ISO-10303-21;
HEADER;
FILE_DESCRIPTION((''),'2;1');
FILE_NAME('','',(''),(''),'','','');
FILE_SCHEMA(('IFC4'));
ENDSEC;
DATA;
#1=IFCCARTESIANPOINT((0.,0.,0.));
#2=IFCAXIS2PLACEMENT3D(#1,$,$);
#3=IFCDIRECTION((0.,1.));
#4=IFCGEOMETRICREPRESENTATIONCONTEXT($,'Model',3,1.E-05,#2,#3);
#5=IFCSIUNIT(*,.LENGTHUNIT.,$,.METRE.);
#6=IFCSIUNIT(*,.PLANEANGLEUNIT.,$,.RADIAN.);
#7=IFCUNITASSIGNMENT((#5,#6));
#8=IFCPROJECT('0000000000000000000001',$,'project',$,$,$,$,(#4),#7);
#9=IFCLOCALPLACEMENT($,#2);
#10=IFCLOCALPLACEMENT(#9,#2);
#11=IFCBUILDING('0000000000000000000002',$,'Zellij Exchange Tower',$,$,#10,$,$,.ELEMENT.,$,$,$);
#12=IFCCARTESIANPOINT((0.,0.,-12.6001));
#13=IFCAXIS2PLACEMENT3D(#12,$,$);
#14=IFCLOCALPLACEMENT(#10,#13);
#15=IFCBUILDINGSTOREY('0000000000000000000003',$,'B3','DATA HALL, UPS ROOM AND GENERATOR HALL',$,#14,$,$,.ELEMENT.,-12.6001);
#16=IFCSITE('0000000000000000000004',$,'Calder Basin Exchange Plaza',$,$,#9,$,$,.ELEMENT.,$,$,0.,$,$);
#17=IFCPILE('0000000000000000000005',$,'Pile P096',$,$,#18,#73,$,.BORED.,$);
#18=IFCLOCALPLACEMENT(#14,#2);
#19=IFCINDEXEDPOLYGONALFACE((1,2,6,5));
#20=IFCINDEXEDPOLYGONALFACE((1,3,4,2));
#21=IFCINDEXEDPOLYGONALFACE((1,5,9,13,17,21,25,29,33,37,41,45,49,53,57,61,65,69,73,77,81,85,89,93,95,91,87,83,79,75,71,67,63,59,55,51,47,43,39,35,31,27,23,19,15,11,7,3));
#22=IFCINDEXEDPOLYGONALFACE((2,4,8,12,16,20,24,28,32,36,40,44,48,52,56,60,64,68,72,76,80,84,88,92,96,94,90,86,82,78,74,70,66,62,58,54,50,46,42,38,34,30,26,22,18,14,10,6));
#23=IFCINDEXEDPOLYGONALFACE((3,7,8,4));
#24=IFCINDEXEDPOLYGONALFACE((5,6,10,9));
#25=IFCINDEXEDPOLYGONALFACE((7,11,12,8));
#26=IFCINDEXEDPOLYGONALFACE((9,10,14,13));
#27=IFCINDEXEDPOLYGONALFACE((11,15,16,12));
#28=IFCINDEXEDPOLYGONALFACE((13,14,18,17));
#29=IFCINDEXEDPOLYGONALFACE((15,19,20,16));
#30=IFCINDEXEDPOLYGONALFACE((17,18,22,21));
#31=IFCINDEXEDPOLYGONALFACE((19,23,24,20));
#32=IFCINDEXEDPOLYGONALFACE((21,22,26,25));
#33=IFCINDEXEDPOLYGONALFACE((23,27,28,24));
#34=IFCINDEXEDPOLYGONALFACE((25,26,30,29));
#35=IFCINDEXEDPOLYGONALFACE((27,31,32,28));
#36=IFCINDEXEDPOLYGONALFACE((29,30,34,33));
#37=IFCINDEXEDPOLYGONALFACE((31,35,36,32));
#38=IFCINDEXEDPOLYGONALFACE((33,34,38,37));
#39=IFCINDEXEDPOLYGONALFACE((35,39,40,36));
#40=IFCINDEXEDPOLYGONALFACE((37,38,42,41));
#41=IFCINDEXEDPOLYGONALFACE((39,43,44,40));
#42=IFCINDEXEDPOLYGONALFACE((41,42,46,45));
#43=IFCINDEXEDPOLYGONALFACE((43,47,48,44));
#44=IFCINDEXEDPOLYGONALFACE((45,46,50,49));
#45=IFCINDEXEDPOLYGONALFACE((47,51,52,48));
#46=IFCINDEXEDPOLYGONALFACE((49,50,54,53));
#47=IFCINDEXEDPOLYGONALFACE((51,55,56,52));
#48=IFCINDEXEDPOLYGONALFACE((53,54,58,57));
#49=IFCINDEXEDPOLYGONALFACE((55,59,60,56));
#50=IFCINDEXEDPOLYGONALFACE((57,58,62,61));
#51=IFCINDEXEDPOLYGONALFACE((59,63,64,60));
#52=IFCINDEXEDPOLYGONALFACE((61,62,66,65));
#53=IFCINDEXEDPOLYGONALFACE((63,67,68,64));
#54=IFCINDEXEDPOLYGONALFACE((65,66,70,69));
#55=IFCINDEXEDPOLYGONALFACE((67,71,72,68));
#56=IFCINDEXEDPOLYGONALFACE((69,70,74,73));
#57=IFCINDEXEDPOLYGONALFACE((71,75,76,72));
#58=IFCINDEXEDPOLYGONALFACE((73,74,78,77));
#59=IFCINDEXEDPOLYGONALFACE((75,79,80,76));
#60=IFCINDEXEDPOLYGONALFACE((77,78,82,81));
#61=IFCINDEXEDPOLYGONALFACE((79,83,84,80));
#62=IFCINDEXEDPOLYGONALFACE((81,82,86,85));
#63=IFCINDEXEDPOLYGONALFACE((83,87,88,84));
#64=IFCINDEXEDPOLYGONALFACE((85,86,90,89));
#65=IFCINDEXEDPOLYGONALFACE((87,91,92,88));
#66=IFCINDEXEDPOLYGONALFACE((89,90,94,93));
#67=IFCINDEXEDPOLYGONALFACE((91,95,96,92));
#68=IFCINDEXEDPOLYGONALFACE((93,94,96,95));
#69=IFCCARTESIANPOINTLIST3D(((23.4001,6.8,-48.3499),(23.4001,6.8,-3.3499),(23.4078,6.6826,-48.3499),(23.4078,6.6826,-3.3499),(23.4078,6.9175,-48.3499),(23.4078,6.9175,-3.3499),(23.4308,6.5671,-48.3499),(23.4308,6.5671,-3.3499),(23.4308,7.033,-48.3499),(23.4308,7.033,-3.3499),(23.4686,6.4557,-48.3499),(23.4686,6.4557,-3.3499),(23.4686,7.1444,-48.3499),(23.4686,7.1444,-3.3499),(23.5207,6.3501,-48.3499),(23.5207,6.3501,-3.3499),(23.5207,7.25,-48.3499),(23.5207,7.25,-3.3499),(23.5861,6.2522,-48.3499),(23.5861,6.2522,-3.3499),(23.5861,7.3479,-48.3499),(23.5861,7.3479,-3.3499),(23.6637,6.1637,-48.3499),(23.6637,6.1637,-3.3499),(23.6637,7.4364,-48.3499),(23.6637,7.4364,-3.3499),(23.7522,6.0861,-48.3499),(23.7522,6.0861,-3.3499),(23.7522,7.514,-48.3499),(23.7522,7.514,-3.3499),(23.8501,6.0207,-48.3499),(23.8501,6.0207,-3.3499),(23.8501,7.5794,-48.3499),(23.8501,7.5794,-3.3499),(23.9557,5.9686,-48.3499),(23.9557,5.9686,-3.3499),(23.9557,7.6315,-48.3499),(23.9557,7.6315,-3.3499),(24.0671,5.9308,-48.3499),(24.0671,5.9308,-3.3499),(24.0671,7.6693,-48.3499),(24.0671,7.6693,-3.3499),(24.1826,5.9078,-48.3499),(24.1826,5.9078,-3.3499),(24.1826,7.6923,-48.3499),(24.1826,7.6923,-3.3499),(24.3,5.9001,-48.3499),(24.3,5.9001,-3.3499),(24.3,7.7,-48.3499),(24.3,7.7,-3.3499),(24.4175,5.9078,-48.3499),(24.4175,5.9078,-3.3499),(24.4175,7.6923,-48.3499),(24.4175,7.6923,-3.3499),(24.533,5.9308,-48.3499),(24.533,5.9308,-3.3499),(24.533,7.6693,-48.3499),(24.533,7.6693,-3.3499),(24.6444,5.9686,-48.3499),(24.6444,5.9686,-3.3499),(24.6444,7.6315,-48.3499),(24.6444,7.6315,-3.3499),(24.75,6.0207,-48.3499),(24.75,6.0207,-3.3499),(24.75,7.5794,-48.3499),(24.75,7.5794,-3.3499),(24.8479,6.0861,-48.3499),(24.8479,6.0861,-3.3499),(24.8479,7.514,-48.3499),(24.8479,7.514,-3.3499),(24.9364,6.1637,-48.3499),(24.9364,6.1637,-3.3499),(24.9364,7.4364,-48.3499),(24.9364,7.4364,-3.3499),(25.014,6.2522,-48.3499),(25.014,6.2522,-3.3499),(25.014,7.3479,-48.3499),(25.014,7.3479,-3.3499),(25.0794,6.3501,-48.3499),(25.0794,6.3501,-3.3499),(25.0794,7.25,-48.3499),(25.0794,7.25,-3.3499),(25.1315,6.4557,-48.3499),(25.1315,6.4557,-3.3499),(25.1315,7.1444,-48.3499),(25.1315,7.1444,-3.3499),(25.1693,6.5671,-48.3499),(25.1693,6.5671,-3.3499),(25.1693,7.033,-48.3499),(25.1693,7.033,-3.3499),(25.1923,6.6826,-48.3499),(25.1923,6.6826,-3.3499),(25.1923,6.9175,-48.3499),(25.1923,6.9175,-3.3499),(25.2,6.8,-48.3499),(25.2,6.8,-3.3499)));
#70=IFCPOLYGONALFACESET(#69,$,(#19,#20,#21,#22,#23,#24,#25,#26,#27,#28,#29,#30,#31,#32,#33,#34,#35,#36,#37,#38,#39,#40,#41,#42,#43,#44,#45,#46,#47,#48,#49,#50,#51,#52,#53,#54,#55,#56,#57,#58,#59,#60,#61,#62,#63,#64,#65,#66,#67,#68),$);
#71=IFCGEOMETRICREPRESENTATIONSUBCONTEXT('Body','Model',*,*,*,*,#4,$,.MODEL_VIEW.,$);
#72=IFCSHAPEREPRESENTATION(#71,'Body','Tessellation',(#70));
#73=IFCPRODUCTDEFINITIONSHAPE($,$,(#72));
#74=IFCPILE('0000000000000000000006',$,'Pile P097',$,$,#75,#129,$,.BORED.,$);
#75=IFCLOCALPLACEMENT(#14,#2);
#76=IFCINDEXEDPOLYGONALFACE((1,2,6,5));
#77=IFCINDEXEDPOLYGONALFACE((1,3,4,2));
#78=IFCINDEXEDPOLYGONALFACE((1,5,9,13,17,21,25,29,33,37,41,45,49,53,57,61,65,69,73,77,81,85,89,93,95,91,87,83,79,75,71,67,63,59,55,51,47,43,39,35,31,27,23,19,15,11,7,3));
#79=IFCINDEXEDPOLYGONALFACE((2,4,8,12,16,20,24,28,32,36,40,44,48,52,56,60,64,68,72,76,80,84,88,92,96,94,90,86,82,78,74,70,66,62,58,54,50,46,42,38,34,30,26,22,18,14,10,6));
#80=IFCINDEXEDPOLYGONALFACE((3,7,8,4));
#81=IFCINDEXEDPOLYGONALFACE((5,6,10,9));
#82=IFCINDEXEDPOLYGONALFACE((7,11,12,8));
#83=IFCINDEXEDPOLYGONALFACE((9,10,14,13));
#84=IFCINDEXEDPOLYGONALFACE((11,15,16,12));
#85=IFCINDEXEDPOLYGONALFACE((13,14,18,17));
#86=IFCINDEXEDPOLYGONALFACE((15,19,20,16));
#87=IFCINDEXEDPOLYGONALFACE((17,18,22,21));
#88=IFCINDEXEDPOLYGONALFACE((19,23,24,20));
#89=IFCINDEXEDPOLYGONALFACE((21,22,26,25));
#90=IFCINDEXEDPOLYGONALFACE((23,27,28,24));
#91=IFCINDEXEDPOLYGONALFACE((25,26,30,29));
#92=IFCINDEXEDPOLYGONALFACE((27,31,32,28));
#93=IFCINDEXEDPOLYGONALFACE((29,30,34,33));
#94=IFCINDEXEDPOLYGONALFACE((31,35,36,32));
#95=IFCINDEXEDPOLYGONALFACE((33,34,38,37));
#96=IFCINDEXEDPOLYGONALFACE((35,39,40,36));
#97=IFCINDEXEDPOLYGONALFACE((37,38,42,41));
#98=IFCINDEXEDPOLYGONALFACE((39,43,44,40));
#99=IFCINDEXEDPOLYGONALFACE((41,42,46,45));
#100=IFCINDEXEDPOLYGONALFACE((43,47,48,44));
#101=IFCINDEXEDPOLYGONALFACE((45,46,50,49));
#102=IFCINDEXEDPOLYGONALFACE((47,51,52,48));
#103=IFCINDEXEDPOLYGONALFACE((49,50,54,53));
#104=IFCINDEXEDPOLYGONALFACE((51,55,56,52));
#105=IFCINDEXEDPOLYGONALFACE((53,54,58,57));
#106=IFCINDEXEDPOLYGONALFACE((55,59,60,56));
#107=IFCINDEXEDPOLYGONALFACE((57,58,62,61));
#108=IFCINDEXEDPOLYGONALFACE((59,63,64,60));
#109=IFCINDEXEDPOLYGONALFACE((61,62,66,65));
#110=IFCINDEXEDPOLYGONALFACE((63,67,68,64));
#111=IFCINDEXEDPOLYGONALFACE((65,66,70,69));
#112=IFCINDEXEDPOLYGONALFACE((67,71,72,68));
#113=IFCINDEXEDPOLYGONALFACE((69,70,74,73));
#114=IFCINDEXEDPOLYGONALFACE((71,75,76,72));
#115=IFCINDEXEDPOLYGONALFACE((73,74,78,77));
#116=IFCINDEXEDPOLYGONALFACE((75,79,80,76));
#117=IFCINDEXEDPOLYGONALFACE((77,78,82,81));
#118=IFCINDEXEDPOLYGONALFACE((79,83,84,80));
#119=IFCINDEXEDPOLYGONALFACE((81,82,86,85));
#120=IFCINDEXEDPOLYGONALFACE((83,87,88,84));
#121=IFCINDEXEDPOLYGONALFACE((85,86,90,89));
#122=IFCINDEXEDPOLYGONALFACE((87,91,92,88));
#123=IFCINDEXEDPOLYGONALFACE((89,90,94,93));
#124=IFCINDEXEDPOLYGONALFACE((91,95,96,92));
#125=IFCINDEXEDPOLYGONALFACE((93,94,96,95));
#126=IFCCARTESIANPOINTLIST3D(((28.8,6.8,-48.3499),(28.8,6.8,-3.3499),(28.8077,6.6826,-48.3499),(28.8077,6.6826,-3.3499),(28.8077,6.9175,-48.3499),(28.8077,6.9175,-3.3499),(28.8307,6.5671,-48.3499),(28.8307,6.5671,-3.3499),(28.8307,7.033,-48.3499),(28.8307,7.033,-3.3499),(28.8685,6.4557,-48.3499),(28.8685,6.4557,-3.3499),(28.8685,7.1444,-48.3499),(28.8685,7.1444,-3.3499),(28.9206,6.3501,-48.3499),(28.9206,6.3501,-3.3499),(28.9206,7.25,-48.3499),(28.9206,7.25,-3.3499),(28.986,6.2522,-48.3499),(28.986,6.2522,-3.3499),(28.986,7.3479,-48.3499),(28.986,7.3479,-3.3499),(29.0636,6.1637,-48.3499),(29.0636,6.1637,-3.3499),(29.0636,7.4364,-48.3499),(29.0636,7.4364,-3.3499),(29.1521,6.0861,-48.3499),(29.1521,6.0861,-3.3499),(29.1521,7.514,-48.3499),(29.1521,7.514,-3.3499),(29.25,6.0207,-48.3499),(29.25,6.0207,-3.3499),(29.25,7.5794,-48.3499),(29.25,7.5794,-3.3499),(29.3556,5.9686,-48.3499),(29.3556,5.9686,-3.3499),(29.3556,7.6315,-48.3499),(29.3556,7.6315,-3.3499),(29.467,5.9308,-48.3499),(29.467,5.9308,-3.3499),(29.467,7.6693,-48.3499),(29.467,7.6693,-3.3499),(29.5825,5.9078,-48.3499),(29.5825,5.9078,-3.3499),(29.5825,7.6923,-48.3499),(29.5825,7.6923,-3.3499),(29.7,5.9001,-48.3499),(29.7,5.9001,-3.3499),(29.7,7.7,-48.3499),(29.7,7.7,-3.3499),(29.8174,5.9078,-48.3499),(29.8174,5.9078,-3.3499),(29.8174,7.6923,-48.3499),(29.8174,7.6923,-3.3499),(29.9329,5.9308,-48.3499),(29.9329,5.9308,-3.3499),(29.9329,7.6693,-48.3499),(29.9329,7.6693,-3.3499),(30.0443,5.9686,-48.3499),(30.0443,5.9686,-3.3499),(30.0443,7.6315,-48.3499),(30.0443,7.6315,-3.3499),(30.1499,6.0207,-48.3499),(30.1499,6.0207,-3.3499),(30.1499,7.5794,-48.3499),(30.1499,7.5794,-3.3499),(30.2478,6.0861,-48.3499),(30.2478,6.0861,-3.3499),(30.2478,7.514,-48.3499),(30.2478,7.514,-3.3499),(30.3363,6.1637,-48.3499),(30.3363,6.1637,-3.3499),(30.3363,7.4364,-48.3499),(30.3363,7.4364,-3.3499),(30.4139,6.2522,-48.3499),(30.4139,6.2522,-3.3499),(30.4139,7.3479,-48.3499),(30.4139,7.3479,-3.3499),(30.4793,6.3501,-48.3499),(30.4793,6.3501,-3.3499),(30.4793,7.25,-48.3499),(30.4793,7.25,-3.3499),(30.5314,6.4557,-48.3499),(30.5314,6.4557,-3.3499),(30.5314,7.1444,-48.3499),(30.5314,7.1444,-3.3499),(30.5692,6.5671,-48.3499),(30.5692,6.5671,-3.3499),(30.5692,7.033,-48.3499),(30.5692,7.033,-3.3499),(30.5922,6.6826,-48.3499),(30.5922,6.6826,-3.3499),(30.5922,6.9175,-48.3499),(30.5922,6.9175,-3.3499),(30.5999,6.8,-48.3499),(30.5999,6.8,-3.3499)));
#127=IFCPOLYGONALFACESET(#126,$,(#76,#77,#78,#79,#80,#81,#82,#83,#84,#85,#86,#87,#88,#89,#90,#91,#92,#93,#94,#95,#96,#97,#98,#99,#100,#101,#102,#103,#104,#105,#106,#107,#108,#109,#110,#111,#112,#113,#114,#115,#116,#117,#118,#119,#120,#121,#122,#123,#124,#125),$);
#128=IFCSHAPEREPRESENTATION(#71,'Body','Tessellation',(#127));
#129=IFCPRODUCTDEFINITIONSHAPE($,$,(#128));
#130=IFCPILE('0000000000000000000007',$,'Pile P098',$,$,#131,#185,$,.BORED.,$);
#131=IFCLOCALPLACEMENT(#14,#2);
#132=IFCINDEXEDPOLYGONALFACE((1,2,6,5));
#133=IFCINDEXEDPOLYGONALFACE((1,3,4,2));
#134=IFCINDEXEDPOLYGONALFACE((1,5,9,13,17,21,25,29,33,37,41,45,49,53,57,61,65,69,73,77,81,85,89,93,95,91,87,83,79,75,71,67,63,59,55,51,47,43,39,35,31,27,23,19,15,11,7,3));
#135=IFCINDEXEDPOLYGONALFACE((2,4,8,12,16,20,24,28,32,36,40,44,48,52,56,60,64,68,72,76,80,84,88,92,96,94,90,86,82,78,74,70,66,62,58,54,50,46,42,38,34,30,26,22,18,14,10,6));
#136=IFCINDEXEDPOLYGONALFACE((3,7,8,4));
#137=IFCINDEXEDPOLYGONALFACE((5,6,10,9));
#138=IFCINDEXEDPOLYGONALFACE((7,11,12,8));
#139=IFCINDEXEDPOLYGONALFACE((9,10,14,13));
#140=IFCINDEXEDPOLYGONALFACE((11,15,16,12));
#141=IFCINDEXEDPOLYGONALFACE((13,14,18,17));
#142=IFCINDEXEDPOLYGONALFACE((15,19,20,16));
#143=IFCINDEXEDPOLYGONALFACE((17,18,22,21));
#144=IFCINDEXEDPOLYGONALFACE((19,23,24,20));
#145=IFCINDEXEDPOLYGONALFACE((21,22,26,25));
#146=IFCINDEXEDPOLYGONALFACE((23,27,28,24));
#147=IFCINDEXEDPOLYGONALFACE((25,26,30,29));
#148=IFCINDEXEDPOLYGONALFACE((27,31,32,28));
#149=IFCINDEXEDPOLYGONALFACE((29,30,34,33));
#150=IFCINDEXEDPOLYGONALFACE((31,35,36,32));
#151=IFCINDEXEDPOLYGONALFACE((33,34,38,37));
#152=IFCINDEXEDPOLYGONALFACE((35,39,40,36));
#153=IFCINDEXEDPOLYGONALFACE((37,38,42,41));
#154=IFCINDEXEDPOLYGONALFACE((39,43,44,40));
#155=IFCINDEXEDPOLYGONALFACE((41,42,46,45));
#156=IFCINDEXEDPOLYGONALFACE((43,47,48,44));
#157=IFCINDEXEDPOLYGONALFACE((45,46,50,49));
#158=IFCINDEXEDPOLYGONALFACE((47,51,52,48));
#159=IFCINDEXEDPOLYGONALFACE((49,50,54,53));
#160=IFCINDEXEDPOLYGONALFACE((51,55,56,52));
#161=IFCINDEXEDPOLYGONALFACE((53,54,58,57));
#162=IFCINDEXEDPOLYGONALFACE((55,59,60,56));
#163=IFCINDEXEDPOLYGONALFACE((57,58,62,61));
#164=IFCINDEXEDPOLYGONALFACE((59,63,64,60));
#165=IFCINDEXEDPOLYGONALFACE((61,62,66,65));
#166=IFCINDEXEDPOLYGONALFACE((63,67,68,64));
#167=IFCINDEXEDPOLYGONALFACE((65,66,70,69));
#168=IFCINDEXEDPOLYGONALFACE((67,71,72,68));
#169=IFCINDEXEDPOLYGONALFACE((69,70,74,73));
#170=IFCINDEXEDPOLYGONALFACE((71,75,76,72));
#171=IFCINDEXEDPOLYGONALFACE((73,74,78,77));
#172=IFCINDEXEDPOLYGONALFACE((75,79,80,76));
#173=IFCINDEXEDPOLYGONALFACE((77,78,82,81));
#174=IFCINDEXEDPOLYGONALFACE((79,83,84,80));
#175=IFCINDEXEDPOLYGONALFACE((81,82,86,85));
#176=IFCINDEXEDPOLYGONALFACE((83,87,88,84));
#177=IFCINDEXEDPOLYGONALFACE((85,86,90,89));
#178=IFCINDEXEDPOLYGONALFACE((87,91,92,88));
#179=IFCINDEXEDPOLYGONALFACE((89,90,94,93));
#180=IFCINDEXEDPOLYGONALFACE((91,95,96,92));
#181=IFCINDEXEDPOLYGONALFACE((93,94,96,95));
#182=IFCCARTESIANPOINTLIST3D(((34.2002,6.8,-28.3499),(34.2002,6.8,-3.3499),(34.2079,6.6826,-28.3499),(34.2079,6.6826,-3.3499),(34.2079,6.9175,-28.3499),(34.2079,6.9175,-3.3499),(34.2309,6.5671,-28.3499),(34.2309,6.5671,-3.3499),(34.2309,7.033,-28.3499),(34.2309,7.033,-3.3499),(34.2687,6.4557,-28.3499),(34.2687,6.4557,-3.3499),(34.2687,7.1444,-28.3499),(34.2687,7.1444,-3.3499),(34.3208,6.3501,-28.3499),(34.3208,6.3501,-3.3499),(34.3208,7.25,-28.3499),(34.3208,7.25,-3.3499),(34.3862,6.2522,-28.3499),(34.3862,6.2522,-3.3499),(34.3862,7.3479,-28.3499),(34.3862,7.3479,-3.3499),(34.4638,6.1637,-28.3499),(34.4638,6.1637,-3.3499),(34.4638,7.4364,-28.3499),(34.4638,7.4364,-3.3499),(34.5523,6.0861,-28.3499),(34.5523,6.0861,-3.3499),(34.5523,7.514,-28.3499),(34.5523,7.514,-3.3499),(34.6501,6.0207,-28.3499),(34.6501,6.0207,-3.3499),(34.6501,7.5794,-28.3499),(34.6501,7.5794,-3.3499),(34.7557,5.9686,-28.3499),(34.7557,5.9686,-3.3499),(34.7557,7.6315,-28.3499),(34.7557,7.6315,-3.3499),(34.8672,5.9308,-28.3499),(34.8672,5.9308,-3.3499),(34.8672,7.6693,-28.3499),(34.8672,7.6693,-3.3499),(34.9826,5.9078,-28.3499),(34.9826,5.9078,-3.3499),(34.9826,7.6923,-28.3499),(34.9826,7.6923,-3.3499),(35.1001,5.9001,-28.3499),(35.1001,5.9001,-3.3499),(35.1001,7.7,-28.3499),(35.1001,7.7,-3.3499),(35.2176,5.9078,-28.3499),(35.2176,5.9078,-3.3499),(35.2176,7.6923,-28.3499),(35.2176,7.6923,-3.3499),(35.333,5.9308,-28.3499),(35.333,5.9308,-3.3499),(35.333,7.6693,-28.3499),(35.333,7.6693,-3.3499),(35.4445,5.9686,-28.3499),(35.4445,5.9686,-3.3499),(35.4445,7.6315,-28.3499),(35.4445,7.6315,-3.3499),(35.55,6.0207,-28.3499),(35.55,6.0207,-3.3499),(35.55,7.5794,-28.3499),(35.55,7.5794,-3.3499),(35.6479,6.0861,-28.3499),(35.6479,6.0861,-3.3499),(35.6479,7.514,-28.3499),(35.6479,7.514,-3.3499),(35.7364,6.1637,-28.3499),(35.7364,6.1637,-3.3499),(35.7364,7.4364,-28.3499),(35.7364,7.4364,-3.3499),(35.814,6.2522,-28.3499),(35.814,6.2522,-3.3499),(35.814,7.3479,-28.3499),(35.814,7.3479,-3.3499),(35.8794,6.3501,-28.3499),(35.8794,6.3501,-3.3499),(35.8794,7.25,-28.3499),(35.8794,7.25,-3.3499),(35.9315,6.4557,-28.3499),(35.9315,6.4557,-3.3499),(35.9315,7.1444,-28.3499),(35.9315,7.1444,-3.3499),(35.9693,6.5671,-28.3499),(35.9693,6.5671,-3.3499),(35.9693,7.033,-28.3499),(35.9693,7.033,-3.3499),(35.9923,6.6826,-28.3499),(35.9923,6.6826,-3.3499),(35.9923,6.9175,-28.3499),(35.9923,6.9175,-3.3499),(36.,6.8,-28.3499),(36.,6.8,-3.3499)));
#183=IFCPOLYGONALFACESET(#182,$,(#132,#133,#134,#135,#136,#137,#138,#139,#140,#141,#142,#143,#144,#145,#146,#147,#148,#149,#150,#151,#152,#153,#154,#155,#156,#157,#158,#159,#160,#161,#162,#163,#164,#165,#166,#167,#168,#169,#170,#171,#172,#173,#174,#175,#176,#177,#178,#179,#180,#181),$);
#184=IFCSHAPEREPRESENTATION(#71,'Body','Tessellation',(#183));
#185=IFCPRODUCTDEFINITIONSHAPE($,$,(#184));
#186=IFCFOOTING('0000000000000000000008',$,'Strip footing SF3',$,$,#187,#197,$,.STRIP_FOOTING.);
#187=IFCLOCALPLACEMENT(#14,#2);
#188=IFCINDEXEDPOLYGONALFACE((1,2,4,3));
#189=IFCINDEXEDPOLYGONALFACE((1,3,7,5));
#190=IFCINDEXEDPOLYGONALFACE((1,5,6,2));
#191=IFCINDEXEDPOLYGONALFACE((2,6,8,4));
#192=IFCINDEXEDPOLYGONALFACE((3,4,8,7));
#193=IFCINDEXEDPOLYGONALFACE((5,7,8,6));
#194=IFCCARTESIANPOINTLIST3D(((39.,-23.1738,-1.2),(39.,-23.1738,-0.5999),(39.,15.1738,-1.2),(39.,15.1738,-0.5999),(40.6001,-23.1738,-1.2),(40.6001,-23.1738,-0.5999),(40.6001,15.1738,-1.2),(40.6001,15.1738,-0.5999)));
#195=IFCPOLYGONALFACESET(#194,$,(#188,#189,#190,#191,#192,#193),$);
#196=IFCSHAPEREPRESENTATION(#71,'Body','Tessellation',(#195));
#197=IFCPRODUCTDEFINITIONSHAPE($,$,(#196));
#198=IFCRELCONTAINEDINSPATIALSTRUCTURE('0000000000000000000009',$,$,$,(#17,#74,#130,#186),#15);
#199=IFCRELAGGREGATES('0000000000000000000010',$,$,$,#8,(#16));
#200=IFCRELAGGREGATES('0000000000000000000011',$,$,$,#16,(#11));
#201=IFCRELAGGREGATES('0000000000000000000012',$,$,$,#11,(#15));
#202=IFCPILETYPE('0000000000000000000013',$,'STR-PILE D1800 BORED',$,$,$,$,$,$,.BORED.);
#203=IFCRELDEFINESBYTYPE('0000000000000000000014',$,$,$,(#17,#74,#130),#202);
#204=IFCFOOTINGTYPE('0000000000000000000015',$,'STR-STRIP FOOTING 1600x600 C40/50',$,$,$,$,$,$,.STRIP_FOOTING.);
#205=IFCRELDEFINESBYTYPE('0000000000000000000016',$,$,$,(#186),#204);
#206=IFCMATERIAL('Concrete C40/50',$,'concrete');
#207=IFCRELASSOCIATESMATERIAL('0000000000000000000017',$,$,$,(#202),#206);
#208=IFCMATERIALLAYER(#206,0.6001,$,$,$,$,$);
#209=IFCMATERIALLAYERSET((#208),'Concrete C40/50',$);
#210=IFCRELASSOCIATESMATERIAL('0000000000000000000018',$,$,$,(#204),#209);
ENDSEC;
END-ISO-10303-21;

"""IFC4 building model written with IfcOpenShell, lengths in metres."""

from ifc_helpers import new_model, si_unit, direction, frame, origin, origin_2d, place, context, subcontext, project, spatial, rectangle, circle, extrude, material, layer, layer_set, material_profile, profile_set, type_object, element, save


model = new_model("IFC4")

# Units and contexts
model_context = context("Model", 3, precision=1e-05, world=origin(), true_north=direction((0.0, 1.0)))
body_context = subcontext(model_context, "Body", "Model", "MODEL_VIEW")
ifc_project = project(units=[si_unit("LENGTHUNIT", "METRE"), si_unit("PLANEANGLEUNIT", "RADIAN")], contexts=[model_context])

# Site, building, storey
site_placement = place(None, origin())
site = spatial("IfcSite", under=ifc_project, at=site_placement, Name="Calder Basin Exchange Plaza", CompositionType="ELEMENT", RefElevation=0.0)
building_placement = place(site_placement, origin())
building = spatial("IfcBuilding", under=site, at=building_placement, Name="Zellij Exchange Tower", CompositionType="ELEMENT")
storey_placement = place(building_placement, frame((0.0, 0.0, -12.6001)))
storey = spatial("IfcBuildingStorey", under=building, at=storey_placement, Name="B3", Description="DATA HALL, UPS ROOM AND GENERATOR HALL", CompositionType="ELEMENT", Elevation=-12.6001)

# Piles
ifc_material_1 = material(Name="Concrete C40/50", Category="concrete")
ifc_material_profile_1 = material_profile(ifc_material_1, circle(Radius=0.8999, at=origin_2d()), Name="STR-PILE D1800 BORED")
ifc_profile_set_1 = profile_set([ifc_material_profile_1], Name="Concrete C40/50")
pile_type = type_object("IfcPileType", Name="STR-PILE D1800 BORED", PredefinedType="BORED", material=ifc_profile_set_1)
for number, where, z_axis, x_axis, name in (
    (1, (24.3, 6.8, -3.3499), (0.0, 0.0, -1.0), (1.0, 0.0, 0.0), "Pile P096"),
    (2, (29.7, 6.8, -3.3499), (0.0, 0.0, -1.0), (1.0, 0.0, 0.0), "Pile P097"),
):
    element("IfcPile", number, at=place(storey_placement, frame(where, z_axis=z_axis, x_axis=x_axis)), inside=storey, type_object=pile_type, Name=name, PredefinedType="BORED", context=body_context, shape_type="SweptSolid", body=[
        extrude(circle(Radius=0.8999, at=origin_2d()), origin(), (0.0, 0.0, 1.0), 45.0),
    ])
pile_1_placement = place(storey_placement, frame((35.1001, 6.8, -3.3499), z_axis=(0.0, 0.0, -1.0), x_axis=(1.0, 0.0, 0.0)))
element("IfcPile", 3, at=pile_1_placement, inside=storey, type_object=pile_type, Name="Pile P098", PredefinedType="BORED", context=body_context, shape_type="SweptSolid", body=[
    extrude(circle(Radius=0.8999, at=origin_2d()), origin(), (0.0, 0.0, 1.0), 25.0),
])

# Footing
ifc_layer_1 = layer(ifc_material_1, 0.6001)
ifc_layer_set_1 = layer_set([ifc_layer_1], Name="Concrete C40/50")
footing_type = type_object("IfcFootingType", Name="STR-STRIP FOOTING 1600x600 C40/50", PredefinedType="STRIP_FOOTING", material=ifc_layer_set_1)
footing_placement = place(storey_placement, frame((39.8, -4.0, -1.2), z_axis=(0.0, 0.0, 1.0), x_axis=(0.0, 1.0, 0.0)))
element("IfcFooting", 4, at=footing_placement, inside=storey, type_object=footing_type, Name="Strip footing SF3", PredefinedType="STRIP_FOOTING", context=body_context, shape_type="SweptSolid", body=[
    extrude(rectangle(XDim=38.3477, YDim=1.6001, at=origin_2d()), origin(), (0.0, 0.0, 1.0), 0.6001),
])

save(model, "model.ifc")
